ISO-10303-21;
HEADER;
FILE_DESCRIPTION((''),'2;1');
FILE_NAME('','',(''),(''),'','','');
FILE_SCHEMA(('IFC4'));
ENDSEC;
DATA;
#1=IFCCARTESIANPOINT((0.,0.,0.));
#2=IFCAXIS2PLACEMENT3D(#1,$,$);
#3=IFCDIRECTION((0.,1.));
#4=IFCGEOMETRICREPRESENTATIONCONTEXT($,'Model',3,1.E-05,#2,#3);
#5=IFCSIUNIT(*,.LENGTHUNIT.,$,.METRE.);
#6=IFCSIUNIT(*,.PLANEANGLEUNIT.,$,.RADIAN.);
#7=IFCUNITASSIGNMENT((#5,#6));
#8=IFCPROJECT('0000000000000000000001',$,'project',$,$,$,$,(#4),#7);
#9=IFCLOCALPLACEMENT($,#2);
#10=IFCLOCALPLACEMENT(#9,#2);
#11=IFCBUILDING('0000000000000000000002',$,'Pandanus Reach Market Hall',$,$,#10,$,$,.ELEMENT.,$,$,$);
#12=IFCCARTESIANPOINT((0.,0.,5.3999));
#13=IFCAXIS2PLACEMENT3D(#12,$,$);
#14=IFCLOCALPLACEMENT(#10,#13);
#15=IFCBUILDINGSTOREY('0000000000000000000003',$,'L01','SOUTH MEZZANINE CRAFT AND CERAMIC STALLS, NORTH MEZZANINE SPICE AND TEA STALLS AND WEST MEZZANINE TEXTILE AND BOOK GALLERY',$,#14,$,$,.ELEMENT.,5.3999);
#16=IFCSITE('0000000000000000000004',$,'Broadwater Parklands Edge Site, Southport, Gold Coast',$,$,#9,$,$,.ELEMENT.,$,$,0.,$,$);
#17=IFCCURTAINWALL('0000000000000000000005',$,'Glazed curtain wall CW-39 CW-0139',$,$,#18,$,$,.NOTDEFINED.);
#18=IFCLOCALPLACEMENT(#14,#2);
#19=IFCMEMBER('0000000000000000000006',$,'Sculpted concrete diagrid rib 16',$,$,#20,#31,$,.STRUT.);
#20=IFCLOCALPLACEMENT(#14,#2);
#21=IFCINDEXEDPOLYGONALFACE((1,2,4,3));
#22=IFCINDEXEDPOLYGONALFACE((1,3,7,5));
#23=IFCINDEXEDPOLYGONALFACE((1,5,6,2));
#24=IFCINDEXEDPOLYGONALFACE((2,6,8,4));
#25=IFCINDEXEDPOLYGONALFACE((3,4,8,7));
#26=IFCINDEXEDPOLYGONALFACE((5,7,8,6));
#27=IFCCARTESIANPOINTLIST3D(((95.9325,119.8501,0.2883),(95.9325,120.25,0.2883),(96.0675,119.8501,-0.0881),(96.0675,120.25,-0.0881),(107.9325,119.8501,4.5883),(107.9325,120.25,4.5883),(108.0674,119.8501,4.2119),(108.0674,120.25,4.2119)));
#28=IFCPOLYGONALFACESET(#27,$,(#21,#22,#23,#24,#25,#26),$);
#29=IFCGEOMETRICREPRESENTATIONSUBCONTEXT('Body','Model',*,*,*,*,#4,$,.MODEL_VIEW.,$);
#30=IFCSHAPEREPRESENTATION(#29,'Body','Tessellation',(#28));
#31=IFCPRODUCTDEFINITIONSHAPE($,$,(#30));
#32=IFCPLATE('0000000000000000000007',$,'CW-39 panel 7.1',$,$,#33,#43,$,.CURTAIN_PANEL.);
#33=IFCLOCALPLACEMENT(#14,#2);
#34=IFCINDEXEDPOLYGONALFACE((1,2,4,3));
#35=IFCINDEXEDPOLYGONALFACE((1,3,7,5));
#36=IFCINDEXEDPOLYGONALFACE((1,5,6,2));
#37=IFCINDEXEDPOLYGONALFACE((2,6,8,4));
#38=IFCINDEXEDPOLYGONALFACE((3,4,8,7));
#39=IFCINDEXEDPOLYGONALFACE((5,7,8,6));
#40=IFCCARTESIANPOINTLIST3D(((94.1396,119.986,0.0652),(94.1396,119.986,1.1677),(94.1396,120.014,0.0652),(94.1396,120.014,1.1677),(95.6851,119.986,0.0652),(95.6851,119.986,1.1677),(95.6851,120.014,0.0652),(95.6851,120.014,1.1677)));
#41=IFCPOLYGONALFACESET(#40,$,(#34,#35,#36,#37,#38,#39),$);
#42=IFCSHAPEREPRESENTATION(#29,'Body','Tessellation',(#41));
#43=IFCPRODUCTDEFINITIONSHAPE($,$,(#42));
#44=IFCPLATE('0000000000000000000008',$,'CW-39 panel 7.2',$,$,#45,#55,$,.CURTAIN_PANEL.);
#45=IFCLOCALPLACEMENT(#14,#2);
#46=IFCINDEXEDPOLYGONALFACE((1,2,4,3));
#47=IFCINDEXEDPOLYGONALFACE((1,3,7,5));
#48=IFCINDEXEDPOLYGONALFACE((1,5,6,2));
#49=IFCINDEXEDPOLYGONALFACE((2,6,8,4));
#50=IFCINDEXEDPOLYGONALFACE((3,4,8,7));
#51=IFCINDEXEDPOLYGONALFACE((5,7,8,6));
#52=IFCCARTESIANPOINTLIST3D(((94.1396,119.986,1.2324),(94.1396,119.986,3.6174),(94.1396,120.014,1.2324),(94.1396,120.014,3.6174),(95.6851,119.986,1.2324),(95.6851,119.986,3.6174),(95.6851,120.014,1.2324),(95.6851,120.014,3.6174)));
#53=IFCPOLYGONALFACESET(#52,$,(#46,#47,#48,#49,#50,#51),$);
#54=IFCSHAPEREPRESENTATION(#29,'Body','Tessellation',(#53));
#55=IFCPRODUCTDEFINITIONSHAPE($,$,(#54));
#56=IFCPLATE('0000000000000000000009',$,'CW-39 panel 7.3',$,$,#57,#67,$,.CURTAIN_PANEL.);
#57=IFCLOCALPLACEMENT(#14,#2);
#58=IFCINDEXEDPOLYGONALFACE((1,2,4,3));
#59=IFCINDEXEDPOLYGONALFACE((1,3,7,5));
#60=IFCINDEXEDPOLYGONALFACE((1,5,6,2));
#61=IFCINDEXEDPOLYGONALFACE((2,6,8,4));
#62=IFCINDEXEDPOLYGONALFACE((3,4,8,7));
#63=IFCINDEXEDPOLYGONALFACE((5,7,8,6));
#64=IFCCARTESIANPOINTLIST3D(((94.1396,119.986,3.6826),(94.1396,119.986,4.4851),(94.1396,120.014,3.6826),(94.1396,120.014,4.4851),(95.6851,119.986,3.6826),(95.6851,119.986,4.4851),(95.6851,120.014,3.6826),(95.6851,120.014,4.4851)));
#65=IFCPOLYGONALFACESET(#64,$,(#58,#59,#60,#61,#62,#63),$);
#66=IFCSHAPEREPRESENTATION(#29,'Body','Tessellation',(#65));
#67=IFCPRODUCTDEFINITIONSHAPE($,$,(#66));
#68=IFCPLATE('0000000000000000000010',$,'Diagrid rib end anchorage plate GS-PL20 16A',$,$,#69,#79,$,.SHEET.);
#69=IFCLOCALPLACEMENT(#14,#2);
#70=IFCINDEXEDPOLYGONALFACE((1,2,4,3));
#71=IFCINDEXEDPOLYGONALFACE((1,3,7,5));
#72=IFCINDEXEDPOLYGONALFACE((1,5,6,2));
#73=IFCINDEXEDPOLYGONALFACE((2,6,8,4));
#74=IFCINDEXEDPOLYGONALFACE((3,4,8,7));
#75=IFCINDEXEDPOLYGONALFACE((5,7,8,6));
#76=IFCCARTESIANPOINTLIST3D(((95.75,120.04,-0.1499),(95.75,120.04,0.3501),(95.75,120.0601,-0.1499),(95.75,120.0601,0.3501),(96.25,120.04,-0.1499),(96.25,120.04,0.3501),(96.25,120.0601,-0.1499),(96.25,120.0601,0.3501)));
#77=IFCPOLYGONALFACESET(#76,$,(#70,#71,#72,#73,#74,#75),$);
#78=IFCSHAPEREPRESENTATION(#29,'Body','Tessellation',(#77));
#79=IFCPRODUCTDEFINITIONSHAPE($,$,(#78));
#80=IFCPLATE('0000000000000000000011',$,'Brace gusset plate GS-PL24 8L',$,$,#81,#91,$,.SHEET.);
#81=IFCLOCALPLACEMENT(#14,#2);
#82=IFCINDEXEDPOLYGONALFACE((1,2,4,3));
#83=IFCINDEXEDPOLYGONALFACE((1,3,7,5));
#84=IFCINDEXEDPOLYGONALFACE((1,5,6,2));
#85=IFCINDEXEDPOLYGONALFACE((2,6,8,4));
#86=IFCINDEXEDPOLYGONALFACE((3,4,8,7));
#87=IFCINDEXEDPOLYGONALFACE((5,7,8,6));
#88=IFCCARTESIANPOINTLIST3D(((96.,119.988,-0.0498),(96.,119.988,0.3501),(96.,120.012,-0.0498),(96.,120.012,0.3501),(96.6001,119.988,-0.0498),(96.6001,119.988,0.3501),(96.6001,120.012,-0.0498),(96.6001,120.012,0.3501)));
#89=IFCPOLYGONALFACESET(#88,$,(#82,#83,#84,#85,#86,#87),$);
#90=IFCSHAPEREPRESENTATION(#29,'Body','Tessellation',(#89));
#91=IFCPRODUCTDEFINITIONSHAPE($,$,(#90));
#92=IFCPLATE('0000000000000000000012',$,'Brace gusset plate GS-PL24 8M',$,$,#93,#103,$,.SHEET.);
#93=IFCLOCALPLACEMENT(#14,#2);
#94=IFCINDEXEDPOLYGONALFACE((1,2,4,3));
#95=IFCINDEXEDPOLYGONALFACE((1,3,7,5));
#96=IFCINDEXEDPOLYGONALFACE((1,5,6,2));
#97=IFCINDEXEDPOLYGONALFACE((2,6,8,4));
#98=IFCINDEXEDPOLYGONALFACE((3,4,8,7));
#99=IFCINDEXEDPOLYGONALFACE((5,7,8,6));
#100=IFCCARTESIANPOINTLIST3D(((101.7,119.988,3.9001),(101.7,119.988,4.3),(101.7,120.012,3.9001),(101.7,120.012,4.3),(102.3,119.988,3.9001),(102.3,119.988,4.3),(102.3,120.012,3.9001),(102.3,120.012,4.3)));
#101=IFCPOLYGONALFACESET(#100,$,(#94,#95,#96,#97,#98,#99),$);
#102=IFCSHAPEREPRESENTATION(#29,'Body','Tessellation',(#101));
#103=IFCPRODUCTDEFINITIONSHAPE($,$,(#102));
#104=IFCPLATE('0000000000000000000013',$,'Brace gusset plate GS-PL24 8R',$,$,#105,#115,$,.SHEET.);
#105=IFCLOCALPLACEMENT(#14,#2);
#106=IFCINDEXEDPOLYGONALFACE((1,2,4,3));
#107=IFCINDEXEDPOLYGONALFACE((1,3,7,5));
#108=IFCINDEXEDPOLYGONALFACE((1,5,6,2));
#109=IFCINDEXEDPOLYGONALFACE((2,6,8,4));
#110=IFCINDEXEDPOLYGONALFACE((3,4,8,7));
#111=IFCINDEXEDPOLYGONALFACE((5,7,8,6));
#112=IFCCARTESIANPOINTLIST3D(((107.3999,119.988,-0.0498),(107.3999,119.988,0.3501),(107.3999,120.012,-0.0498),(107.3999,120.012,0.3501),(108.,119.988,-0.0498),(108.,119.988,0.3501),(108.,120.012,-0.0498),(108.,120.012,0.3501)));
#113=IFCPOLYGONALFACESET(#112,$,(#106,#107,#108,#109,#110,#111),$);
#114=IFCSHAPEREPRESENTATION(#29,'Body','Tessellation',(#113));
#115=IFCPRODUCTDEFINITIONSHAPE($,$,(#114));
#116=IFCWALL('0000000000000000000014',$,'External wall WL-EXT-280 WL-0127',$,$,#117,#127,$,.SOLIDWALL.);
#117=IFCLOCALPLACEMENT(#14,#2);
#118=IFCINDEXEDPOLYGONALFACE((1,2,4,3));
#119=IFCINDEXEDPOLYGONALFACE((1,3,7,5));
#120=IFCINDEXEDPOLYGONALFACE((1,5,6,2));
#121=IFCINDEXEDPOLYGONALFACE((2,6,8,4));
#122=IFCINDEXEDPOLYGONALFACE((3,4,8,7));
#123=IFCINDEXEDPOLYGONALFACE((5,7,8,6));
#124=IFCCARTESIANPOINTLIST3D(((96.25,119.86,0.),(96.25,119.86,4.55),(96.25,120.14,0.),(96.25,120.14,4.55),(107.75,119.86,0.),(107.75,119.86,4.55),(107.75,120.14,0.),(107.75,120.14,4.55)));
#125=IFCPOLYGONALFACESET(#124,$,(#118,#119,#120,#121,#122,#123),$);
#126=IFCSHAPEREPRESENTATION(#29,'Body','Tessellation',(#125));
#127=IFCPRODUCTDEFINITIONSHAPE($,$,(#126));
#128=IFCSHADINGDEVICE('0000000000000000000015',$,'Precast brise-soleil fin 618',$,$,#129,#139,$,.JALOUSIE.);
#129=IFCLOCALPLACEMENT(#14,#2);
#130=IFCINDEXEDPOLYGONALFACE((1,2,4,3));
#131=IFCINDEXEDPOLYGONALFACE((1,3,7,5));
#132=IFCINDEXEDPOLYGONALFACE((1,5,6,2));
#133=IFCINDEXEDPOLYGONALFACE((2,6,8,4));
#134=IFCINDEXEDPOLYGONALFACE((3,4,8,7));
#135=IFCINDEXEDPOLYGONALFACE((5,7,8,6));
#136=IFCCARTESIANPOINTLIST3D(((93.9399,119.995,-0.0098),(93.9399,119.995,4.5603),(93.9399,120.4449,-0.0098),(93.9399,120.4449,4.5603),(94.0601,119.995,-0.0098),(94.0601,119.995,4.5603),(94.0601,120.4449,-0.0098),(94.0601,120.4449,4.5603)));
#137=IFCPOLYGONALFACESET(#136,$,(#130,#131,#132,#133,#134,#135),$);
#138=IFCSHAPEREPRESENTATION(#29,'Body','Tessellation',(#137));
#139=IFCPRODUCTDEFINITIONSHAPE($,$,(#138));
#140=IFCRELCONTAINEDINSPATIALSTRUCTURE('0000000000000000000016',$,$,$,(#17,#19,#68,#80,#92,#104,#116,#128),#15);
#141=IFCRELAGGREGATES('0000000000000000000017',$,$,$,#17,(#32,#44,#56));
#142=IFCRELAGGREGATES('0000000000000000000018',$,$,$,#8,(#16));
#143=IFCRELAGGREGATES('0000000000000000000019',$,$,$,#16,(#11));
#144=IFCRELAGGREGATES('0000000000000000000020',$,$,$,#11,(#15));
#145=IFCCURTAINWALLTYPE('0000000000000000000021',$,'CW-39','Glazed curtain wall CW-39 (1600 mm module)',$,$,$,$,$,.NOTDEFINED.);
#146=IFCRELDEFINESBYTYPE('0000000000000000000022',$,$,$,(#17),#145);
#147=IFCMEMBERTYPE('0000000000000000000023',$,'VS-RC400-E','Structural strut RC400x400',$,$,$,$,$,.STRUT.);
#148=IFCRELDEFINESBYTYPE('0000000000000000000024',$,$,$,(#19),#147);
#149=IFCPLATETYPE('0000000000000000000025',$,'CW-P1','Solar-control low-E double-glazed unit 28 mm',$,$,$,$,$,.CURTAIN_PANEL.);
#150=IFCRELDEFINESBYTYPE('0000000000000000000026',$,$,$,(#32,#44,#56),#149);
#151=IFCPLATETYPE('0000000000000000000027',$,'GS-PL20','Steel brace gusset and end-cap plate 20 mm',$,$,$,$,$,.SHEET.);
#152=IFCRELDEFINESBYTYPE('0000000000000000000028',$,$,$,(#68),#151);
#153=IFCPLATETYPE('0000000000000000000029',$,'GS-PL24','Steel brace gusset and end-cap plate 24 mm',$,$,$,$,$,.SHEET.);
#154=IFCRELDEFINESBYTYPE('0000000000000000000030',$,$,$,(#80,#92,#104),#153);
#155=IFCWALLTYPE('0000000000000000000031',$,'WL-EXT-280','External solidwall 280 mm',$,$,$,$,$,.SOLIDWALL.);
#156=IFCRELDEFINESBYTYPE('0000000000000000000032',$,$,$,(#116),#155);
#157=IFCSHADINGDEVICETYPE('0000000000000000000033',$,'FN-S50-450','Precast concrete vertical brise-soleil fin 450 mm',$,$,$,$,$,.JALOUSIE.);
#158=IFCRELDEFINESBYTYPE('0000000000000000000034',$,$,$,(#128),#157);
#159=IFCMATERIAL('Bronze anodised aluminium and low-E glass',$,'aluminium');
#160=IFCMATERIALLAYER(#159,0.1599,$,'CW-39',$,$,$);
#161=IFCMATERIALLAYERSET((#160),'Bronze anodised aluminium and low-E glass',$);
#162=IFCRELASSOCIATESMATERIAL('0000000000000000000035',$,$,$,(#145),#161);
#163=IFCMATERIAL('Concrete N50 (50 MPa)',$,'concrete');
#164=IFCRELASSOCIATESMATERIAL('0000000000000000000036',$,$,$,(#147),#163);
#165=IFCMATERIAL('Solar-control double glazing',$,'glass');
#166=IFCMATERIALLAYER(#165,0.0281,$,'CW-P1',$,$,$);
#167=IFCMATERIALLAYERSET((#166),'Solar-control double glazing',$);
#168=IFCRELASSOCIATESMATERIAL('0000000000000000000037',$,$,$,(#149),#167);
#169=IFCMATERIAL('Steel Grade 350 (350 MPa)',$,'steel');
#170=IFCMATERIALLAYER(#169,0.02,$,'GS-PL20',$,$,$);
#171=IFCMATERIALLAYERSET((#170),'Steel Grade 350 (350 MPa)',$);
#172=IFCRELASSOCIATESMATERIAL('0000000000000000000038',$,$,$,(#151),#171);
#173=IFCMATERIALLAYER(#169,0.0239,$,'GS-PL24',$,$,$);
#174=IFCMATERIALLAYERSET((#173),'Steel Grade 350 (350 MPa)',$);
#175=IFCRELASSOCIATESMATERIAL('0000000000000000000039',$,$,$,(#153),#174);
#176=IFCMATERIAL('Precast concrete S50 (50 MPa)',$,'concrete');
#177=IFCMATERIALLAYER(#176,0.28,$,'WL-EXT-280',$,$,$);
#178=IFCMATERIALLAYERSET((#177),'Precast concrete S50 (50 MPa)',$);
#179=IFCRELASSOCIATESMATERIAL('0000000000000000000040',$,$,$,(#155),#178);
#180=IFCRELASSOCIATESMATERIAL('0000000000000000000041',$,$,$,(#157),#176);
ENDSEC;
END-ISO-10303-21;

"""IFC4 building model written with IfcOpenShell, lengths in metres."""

from ifc_helpers import new_model, si_unit, direction, frame, frame_2d, origin, origin_2d, place, context, subcontext, project, spatial, rectangle, extrude, material, layer, layer_set, material_profile, profile_set, type_object, element, aggregate, save


model = new_model("IFC4")

# Units and contexts
model_context = context("Model", 3, precision=1e-05, world=origin(), true_north=direction((0.0, 1.0)))
body_context = subcontext(model_context, "Body", "Model", "MODEL_VIEW")
ifc_project = project(units=[si_unit("LENGTHUNIT", "METRE"), si_unit("PLANEANGLEUNIT", "RADIAN")], contexts=[model_context])

# Site, building, storey
site_placement = place(None, origin())
site = spatial("IfcSite", under=ifc_project, at=site_placement, Name="Broadwater Parklands Edge Site, Southport, Gold Coast", CompositionType="ELEMENT", RefElevation=0.0)
building_placement = place(site_placement, origin())
building = spatial("IfcBuilding", under=site, at=building_placement, Name="Pandanus Reach Market Hall", CompositionType="ELEMENT")
storey_placement = place(building_placement, frame((0.0, 0.0, 5.3999)))
storey = spatial("IfcBuildingStorey", under=building, at=storey_placement, Name="L01", Description="SOUTH MEZZANINE CRAFT AND CERAMIC STALLS, NORTH MEZZANINE SPICE AND TEA STALLS AND WEST MEZZANINE TEXTILE AND BOOK GALLERY", CompositionType="ELEMENT", Elevation=5.3999)

# Shared definitions
ifc_material_1 = material(Name="Steel Grade 350 (350 MPa)", Category="steel")

# Curtain wall
ifc_material_2 = material(Name="Bronze anodised aluminium and low-E glass", Category="aluminium")
ifc_layer_1 = layer(ifc_material_2, 0.1599, Name="CW-39")
ifc_layer_set_1 = layer_set([ifc_layer_1], Name="Bronze anodised aluminium and low-E glass")
curtain_wall_type = type_object("IfcCurtainWallType", Name="CW-39", Description="Glazed curtain wall CW-39 (1600 mm module)", PredefinedType="NOTDEFINED", material=ifc_layer_set_1)
curtain_wall_placement = place(storey_placement, origin())
curtain_wall = element("IfcCurtainWall", 1, at=curtain_wall_placement, inside=storey, type_object=curtain_wall_type, Name="Glazed curtain wall CW-39 CW-0139", PredefinedType="NOTDEFINED")

# Member
ifc_material_3 = material(Name="Concrete N50 (50 MPa)", Category="concrete")
ifc_material_profile_1 = material_profile(ifc_material_3, rectangle(XDim=0.3999, YDim=0.3999, at=origin_2d()), Name="RC400x400", Category="LoadBearing")
ifc_profile_set_1 = profile_set([ifc_material_profile_1], Name="Concrete N50 (50 MPa)")
member_type_1 = type_object("IfcMemberType", Name="VS-RC400-E", Description="Structural strut RC400x400", PredefinedType="STRUT", material=ifc_profile_set_1)
member_1_placement = place(storey_placement, frame((96.0, 120.05, 0.1001), z_axis=(0.941385, 0.0, 0.337334), x_axis=(0.0, 1.0, 0.0)))
element("IfcMember", 2, at=member_1_placement, inside=storey, type_object=member_type_1, Name="Sculpted concrete diagrid rib 16", PredefinedType="STRUT", context=body_context, shape_type="SweptSolid", body=[
    extrude(rectangle(XDim=0.3999, YDim=0.3999, at=origin_2d()), origin(), (0.0, 0.0, 1.0), 12.7471),
])

# Plates
ifc_material_4 = material(Name="Solar-control double glazing", Category="glass")
ifc_layer_2 = layer(ifc_material_4, 0.0281, Name="CW-P1")
ifc_layer_set_2 = layer_set([ifc_layer_2], Name="Solar-control double glazing")
plate_type_1 = type_object("IfcPlateType", Name="CW-P1", Description="Solar-control low-E double-glazed unit 28 mm", PredefinedType="CURTAIN_PANEL", material=ifc_layer_set_2)
plate_1_placement = place(storey_placement, frame((94.9124, 120.0, 0.0652), z_axis=(0.0, 0.0, 1.0), x_axis=(1.0, 0.0, 0.0)))
plate_1 = element("IfcPlate", 3, at=plate_1_placement, type_object=plate_type_1, Name="CW-39 panel 7.1", PredefinedType="CURTAIN_PANEL", context=body_context, shape_type="SweptSolid", body=[
    extrude(rectangle(XDim=1.5454, YDim=0.0281, at=origin_2d()), origin(), (0.0, 0.0, 1.0), 1.1025),
])
plate_2_placement = place(storey_placement, frame((94.9124, 120.0, 1.2324), z_axis=(0.0, 0.0, 1.0), x_axis=(1.0, 0.0, 0.0)))
plate_2 = element("IfcPlate", 4, at=plate_2_placement, type_object=plate_type_1, Name="CW-39 panel 7.2", PredefinedType="CURTAIN_PANEL", context=body_context, shape_type="SweptSolid", body=[
    extrude(rectangle(XDim=1.5454, YDim=0.0281, at=origin_2d()), origin(), (0.0, 0.0, 1.0), 2.385),
])
plate_3_placement = place(storey_placement, frame((94.9124, 120.0, 3.6826), z_axis=(0.0, 0.0, 1.0), x_axis=(1.0, 0.0, 0.0)))
plate_3 = element("IfcPlate", 5, at=plate_3_placement, type_object=plate_type_1, Name="CW-39 panel 7.3", PredefinedType="CURTAIN_PANEL", context=body_context, shape_type="SweptSolid", body=[
    extrude(rectangle(XDim=1.5454, YDim=0.0281, at=origin_2d()), origin(), (0.0, 0.0, 1.0), 0.8025),
])
aggregate(curtain_wall, [plate_1, plate_2, plate_3])

# Plates
ifc_layer_3 = layer(ifc_material_1, 0.02, Name="GS-PL20")
ifc_layer_set_3 = layer_set([ifc_layer_3], Name="Steel Grade 350 (350 MPa)")
plate_type_2 = type_object("IfcPlateType", Name="GS-PL20", Description="Steel brace gusset and end-cap plate 20 mm", PredefinedType="SHEET", material=ifc_layer_set_3)
plate_4_placement = place(storey_placement, frame((96.0, 120.05, -0.1499), z_axis=(0.0, 0.0, 1.0), x_axis=(1.0, 0.0, 0.0)))
element("IfcPlate", 6, at=plate_4_placement, inside=storey, type_object=plate_type_2, Name="Diagrid rib end anchorage plate GS-PL20 16A", PredefinedType="SHEET", context=body_context, shape_type="SweptSolid", body=[
    extrude(rectangle(XDim=0.5, YDim=0.02, at=origin_2d()), origin(), (0.0, 0.0, 1.0), 0.5),
])
ifc_layer_4 = layer(ifc_material_1, 0.0239, Name="GS-PL24")
ifc_layer_set_4 = layer_set([ifc_layer_4], Name="Steel Grade 350 (350 MPa)")
plate_type_3 = type_object("IfcPlateType", Name="GS-PL24", Description="Steel brace gusset and end-cap plate 24 mm", PredefinedType="SHEET", material=ifc_layer_set_4)
for number, where, z_axis, x_axis, name in (
    (7, (96.3, 120.0, -0.0498), (0.0, 0.0, 1.0), (1.0, 0.0, 0.0), "Brace gusset plate GS-PL24 8L"),
    (8, (102.0, 120.0, 3.9001), (0.0, 0.0, 1.0), (1.0, 0.0, 0.0), "Brace gusset plate GS-PL24 8M"),
    (9, (107.7, 120.0, -0.0498), (0.0, 0.0, 1.0), (1.0, 0.0, 0.0), "Brace gusset plate GS-PL24 8R"),
):
    element("IfcPlate", number, at=place(storey_placement, frame(where, z_axis=z_axis, x_axis=x_axis)), inside=storey, type_object=plate_type_3, Name=name, PredefinedType="SHEET", context=body_context, shape_type="SweptSolid", body=[
        extrude(rectangle(XDim=0.6001, YDim=0.0239, at=origin_2d()), origin(), (0.0, 0.0, 1.0), 0.3999),
    ])

# Wall
ifc_material_5 = material(Name="Precast concrete S50 (50 MPa)", Category="concrete")
ifc_layer_5 = layer(ifc_material_5, 0.28, Name="WL-EXT-280")
ifc_layer_set_5 = layer_set([ifc_layer_5], Name="Precast concrete S50 (50 MPa)")
wall_type = type_object("IfcWallType", Name="WL-EXT-280", Description="External solidwall 280 mm", PredefinedType="SOLIDWALL", material=ifc_layer_set_5)
wall_placement = place(storey_placement, frame((96.25, 120.0, 0.0), z_axis=(0.0, 0.0, 1.0), x_axis=(1.0, 0.0, 0.0)))
element("IfcWall", 10, at=wall_placement, inside=storey, type_object=wall_type, Name="External wall WL-EXT-280 WL-0127", PredefinedType="SOLIDWALL", context=body_context, shape_type="SweptSolid", body=[
    extrude(rectangle(XDim=11.5, YDim=0.28, at=frame_2d((5.75, 0.0))), origin(), (0.0, 0.0, 1.0), 4.55),
])

# Shading device
shading_device_type = type_object("IfcShadingDeviceType", Name="FN-S50-450", Description="Precast concrete vertical brise-soleil fin 450 mm", PredefinedType="JALOUSIE", material=ifc_material_5)
shading_device_placement = place(storey_placement, frame((94.0, 120.22, -0.0098), z_axis=(0.0, 0.0, 1.0), x_axis=(0.0, 1.0, 0.0)))
element("IfcShadingDevice", 11, at=shading_device_placement, inside=storey, type_object=shading_device_type, Name="Precast brise-soleil fin 618", PredefinedType="JALOUSIE", context=body_context, shape_type="SweptSolid", body=[
    extrude(rectangle(XDim=0.45, YDim=0.1201, at=origin_2d()), origin(), (0.0, 0.0, 1.0), 4.5701),
])

save(model, "model.ifc")
